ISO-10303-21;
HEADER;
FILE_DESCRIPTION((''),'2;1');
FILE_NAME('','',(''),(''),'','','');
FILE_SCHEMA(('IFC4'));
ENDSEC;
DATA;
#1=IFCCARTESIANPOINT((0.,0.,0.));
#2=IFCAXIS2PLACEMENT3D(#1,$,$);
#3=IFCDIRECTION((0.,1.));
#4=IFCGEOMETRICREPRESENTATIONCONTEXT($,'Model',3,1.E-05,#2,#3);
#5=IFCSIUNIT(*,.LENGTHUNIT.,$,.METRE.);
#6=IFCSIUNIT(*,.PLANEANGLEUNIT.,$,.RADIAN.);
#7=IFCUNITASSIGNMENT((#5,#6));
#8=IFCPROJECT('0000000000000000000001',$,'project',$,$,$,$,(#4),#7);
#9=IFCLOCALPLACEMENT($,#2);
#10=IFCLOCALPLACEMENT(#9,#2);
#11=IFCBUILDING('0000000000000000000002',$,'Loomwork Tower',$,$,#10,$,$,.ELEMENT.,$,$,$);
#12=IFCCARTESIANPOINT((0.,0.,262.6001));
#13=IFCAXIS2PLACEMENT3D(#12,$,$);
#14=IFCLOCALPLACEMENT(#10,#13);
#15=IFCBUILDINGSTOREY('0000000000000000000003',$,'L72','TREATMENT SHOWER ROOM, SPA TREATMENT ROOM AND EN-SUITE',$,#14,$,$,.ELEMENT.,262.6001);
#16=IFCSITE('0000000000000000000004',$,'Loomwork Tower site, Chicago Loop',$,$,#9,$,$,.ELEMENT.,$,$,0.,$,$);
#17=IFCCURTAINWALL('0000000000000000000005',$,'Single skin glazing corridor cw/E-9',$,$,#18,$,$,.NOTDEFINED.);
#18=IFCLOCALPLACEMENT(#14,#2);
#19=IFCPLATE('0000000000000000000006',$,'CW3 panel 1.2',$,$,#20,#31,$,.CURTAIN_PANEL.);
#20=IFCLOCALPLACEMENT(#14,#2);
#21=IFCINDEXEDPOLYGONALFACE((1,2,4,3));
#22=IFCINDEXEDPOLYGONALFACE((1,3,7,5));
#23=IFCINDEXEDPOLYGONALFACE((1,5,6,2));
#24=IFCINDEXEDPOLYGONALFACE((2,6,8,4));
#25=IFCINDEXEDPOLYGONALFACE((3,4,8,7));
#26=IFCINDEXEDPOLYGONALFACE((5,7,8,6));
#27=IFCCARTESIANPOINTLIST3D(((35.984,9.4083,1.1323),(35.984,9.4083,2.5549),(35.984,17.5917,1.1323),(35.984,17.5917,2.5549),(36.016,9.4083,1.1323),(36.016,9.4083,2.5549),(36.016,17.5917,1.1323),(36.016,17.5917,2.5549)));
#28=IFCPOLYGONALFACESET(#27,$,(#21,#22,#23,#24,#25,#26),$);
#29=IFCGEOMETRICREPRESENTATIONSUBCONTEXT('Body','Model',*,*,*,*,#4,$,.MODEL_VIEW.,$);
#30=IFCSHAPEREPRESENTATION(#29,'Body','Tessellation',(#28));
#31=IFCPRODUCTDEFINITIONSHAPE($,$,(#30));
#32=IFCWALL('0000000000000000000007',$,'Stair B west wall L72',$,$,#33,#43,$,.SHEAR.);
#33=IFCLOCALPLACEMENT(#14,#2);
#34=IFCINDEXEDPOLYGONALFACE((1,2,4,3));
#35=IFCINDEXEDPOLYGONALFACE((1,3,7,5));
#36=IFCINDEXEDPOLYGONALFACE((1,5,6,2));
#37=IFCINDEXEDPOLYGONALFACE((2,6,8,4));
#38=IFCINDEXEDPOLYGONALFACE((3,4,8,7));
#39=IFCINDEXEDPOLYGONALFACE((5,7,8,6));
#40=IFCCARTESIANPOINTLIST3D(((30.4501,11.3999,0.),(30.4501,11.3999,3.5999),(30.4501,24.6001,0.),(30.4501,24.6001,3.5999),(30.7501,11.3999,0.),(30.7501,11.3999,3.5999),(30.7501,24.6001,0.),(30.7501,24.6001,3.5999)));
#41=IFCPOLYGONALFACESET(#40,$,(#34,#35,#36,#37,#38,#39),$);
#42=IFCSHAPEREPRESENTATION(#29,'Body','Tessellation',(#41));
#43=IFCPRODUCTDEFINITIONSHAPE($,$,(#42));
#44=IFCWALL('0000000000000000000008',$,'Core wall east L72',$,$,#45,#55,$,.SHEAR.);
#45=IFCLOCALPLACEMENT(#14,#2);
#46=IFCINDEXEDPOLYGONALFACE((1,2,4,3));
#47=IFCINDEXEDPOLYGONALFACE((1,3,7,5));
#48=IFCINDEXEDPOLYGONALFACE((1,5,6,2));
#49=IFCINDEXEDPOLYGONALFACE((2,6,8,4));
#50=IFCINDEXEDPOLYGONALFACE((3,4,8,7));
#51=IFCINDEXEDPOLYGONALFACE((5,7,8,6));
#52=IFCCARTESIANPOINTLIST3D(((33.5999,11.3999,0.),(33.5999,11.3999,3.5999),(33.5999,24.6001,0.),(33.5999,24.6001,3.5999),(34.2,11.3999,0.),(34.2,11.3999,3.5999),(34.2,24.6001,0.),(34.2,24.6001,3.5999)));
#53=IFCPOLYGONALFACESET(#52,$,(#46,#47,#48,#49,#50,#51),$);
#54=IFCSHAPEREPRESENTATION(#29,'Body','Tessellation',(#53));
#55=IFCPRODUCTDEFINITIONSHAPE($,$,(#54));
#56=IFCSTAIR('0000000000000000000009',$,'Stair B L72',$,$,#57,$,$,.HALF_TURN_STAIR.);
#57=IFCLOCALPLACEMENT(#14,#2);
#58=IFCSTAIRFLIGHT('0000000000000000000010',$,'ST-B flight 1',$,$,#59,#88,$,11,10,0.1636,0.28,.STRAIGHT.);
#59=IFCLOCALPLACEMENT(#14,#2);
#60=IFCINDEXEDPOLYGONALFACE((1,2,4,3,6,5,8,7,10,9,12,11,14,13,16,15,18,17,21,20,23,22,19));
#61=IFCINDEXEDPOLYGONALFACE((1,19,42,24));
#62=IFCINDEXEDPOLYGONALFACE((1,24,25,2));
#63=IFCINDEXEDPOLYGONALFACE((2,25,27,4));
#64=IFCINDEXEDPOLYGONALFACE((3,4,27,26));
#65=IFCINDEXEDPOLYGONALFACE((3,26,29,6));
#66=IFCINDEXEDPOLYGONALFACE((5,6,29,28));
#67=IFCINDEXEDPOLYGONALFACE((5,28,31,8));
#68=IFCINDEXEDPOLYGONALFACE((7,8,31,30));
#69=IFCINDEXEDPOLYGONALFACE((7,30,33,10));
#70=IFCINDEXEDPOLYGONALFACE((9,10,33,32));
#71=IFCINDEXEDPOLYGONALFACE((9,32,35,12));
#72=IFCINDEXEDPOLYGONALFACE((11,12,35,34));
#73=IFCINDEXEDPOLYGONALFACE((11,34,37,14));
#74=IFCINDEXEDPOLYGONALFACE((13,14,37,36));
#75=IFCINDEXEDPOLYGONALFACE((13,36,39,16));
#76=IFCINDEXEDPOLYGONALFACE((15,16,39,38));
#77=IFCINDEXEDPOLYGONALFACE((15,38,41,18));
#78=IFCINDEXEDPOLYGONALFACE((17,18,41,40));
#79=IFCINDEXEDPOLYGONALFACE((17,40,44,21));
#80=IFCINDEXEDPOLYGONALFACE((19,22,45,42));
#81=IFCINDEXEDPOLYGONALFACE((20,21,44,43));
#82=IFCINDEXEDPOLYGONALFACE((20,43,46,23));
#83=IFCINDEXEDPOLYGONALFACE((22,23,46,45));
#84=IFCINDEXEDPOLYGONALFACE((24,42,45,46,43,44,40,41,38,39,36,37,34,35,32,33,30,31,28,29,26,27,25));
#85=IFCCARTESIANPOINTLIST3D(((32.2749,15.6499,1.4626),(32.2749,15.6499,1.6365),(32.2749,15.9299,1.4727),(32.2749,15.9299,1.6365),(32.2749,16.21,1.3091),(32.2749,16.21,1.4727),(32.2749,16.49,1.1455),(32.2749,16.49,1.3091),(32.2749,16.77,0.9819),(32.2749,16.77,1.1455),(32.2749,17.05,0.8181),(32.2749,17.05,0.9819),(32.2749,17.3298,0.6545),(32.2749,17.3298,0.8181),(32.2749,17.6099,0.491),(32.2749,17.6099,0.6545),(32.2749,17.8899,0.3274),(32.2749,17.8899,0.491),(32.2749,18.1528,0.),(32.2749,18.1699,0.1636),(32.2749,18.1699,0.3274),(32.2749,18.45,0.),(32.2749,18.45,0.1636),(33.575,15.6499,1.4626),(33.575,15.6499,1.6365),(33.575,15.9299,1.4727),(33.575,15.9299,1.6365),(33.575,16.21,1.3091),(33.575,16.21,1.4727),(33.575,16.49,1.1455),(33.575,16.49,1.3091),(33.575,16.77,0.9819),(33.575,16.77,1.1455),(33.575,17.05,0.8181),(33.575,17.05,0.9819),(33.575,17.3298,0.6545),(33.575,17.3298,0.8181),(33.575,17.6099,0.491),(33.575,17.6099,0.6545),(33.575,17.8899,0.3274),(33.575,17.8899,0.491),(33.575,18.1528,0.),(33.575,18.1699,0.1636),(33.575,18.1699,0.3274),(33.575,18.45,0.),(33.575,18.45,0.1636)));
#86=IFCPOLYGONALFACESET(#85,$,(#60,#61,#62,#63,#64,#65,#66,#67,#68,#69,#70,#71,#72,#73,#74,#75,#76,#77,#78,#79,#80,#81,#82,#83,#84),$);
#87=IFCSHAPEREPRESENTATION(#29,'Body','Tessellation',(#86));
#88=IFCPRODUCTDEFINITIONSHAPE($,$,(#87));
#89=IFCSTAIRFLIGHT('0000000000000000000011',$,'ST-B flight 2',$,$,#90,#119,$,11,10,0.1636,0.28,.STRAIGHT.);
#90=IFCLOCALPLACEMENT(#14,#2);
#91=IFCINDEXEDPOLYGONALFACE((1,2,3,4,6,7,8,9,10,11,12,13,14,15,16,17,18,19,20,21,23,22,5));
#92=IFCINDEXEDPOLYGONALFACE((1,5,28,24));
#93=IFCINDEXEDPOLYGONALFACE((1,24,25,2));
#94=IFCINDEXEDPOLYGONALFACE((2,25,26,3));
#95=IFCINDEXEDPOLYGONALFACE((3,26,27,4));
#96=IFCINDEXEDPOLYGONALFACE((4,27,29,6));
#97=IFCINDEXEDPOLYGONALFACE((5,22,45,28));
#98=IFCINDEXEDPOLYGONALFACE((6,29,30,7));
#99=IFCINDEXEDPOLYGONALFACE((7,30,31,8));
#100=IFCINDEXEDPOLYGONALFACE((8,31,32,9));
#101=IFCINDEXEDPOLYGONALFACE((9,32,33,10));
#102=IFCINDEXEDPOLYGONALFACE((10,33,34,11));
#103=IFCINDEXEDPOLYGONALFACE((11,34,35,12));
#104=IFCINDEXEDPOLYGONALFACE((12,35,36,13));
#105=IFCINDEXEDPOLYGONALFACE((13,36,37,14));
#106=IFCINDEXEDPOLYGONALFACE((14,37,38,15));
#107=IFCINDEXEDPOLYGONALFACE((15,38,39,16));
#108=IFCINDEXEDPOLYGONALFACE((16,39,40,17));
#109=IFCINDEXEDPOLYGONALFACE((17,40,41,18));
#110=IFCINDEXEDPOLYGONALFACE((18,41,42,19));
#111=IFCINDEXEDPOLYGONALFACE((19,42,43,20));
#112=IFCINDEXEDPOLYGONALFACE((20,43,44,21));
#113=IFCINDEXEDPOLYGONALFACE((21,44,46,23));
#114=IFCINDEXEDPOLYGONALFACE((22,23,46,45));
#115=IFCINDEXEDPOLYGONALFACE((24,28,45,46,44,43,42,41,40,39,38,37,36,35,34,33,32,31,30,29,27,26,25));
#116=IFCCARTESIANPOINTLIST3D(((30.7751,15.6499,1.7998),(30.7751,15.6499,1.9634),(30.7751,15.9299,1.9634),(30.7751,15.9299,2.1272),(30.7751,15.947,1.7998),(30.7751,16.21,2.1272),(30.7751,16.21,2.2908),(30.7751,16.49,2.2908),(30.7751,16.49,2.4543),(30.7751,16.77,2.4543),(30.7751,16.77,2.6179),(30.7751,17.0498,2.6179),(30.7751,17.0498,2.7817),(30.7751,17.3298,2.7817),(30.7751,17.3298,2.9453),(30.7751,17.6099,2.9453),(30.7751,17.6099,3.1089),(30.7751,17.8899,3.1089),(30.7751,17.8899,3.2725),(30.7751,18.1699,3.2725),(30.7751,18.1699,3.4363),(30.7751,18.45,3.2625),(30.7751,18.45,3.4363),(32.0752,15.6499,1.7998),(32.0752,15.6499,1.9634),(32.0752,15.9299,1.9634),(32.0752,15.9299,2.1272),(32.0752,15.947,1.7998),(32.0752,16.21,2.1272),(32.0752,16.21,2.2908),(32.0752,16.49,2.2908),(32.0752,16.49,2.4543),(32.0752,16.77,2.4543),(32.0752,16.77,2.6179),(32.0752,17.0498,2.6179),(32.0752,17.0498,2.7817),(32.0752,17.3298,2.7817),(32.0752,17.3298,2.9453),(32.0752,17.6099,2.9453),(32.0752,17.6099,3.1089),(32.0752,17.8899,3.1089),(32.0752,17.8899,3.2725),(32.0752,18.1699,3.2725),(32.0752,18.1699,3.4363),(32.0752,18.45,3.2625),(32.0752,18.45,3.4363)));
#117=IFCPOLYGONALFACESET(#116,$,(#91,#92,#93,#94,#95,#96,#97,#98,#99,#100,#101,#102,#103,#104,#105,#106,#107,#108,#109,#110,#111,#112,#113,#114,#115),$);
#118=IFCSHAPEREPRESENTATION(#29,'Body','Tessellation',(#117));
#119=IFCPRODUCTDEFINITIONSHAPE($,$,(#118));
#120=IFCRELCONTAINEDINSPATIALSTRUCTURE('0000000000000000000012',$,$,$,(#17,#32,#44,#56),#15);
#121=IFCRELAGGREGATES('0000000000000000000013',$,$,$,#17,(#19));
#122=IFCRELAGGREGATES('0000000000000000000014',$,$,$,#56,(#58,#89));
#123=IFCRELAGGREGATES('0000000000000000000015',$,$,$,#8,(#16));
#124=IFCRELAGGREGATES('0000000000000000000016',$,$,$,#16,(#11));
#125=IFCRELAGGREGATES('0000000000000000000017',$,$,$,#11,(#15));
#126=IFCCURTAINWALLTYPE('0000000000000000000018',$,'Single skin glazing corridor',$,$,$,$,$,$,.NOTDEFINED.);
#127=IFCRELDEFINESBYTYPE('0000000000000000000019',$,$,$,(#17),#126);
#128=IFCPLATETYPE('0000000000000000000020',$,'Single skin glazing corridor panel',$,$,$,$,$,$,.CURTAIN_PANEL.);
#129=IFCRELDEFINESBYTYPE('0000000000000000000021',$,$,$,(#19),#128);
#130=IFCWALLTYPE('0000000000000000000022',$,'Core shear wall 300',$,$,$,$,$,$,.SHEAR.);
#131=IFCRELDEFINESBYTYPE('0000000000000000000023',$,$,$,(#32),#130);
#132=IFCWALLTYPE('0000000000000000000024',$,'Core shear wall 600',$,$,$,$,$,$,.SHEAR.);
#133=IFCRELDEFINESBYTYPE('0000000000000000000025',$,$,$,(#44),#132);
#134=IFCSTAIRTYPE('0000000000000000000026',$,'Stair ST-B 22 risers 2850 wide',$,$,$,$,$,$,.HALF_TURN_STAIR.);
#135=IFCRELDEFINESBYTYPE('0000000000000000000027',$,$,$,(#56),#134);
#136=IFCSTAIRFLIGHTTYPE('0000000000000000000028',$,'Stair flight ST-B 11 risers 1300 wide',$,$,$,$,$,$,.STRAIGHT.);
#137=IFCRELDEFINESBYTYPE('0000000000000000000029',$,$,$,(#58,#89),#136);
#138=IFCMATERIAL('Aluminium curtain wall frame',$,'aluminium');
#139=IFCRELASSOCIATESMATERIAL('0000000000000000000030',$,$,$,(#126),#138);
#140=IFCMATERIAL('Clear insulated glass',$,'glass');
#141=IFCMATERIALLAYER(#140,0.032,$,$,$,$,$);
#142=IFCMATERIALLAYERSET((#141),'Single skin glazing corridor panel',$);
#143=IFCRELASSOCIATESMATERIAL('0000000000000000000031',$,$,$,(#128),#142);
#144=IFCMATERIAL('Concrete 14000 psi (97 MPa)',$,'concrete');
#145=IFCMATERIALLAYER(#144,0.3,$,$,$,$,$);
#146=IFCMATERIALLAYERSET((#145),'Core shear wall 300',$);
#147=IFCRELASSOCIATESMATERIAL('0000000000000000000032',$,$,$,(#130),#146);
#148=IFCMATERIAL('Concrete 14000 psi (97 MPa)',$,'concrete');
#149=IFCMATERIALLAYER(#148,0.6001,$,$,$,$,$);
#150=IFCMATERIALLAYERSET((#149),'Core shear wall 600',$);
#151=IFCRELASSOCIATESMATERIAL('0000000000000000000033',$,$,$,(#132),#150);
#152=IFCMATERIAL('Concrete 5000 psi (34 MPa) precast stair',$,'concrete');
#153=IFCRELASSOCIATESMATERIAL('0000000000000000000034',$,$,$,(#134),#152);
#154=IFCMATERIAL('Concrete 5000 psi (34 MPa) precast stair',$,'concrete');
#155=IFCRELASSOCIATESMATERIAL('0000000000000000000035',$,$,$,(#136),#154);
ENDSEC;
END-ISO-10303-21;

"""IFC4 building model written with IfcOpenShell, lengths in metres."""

from ifc_helpers import new_model, si_unit, direction, frame, frame_2d, origin, origin_2d, place, context, subcontext, project, spatial, polyline, rectangle, outline, extrude, material, layer, layer_set, type_object, element, aggregate, save


model = new_model("IFC4")

# Units and contexts
model_context = context("Model", 3, precision=1e-05, world=origin(), true_north=direction((0.0, 1.0)))
body_context = subcontext(model_context, "Body", "Model", "MODEL_VIEW")
ifc_project = project(units=[si_unit("LENGTHUNIT", "METRE"), si_unit("PLANEANGLEUNIT", "RADIAN")], contexts=[model_context])

# Site, building, storey
site_placement = place(None, origin())
site = spatial("IfcSite", under=ifc_project, at=site_placement, Name="Loomwork Tower site, Chicago Loop", CompositionType="ELEMENT", RefElevation=0.0)
building_placement = place(site_placement, origin())
building = spatial("IfcBuilding", under=site, at=building_placement, Name="Loomwork Tower", CompositionType="ELEMENT")
storey_placement = place(building_placement, frame((0.0, 0.0, 262.6001)))
storey = spatial("IfcBuildingStorey", under=building, at=storey_placement, Name="L72", Description="TREATMENT SHOWER ROOM, SPA TREATMENT ROOM AND EN-SUITE", CompositionType="ELEMENT", Elevation=262.6001)

# Curtain wall
ifc_material_1 = material(Name="Aluminium curtain wall frame", Category="aluminium")
curtain_wall_type = type_object("IfcCurtainWallType", Name="Single skin glazing corridor", PredefinedType="NOTDEFINED", material=ifc_material_1)
curtain_wall_1_placement = place(storey_placement, origin())
curtain_wall_1 = element("IfcCurtainWall", 1, at=curtain_wall_1_placement, inside=storey, type_object=curtain_wall_type, Name="Single skin glazing corridor cw/E-9", PredefinedType="NOTDEFINED")

# Plate
ifc_material_2 = material(Name="Clear insulated glass", Category="glass")
ifc_layer_1 = layer(ifc_material_2, 0.032)
ifc_layer_set_1 = layer_set([ifc_layer_1], Name="Single skin glazing corridor panel")
plate_type = type_object("IfcPlateType", Name="Single skin glazing corridor panel", PredefinedType="CURTAIN_PANEL", material=ifc_layer_set_1)
plate_1_placement = place(storey_placement, frame((36.0, 13.5, 1.1323), z_axis=(0.0, 0.0, 1.0), x_axis=(0.0, 1.0, 0.0)))
plate_1 = element("IfcPlate", 2, at=plate_1_placement, type_object=plate_type, Name="CW3 panel 1.2", PredefinedType="CURTAIN_PANEL", context=body_context, shape_type="SweptSolid", body=[
    extrude(rectangle(XDim=8.1833, YDim=0.032, at=origin_2d()), origin(), (0.0, 0.0, 1.0), 1.4226),
])
aggregate(curtain_wall_1, [plate_1])

# Walls
ifc_material_3 = material(Name="Concrete 14000 psi (97 MPa)", Category="concrete")
ifc_layer_2 = layer(ifc_material_3, 0.3)
ifc_layer_set_2 = layer_set([ifc_layer_2], Name="Core shear wall 300")
wall_type_1 = type_object("IfcWallType", Name="Core shear wall 300", PredefinedType="SHEAR", material=ifc_layer_set_2)
wall_1_placement = place(storey_placement, frame((30.6001, 11.3999, 0.0), z_axis=(0.0, 0.0, 1.0), x_axis=(0.0, 1.0, 0.0)))
element("IfcWall", 3, at=wall_1_placement, inside=storey, type_object=wall_type_1, Name="Stair B west wall L72", PredefinedType="SHEAR", context=body_context, shape_type="SweptSolid", body=[
    extrude(rectangle(XDim=13.2002, YDim=0.3, at=frame_2d((6.6001, 0.0))), origin(), (0.0, 0.0, 1.0), 3.5999),
])
ifc_material_4 = material(Name="Concrete 14000 psi (97 MPa)", Category="concrete")
ifc_layer_3 = layer(ifc_material_4, 0.6001)
ifc_layer_set_3 = layer_set([ifc_layer_3], Name="Core shear wall 600")
wall_type_2 = type_object("IfcWallType", Name="Core shear wall 600", PredefinedType="SHEAR", material=ifc_layer_set_3)
wall_2_placement = place(storey_placement, frame((33.8999, 11.3999, 0.0), z_axis=(0.0, 0.0, 1.0), x_axis=(0.0, 1.0, 0.0)))
element("IfcWall", 4, at=wall_2_placement, inside=storey, type_object=wall_type_2, Name="Core wall east L72", PredefinedType="SHEAR", context=body_context, shape_type="SweptSolid", body=[
    extrude(rectangle(XDim=13.2002, YDim=0.6001, at=frame_2d((6.6001, 0.0))), origin(), (0.0, 0.0, 1.0), 3.5999),
])

# Stair, stair flights
ifc_material_5 = material(Name="Concrete 5000 psi (34 MPa) precast stair", Category="concrete")
stair_type = type_object("IfcStairType", Name="Stair ST-B 22 risers 2850 wide", PredefinedType="HALF_TURN_STAIR", material=ifc_material_5)
stair_placement = place(storey_placement, origin())
stair = element("IfcStair", 5, at=stair_placement, inside=storey, type_object=stair_type, Name="Stair B L72", PredefinedType="HALF_TURN_STAIR")
ifc_material_6 = material(Name="Concrete 5000 psi (34 MPa) precast stair", Category="concrete")
stair_flight_type = type_object("IfcStairFlightType", Name="Stair flight ST-B 11 risers 1300 wide", PredefinedType="STRAIGHT", material=ifc_material_6)
stair_flight_1_placement = place(storey_placement, frame((32.925, 18.45, 0.0), z_axis=(0.0, 0.0, 1.0), x_axis=(0.0, -1.0, 0.0)))
stair_flight_1 = element("IfcStairFlight", 6, at=stair_flight_1_placement, type_object=stair_flight_type, Name="ST-B flight 1", NumberOfRisers=11, NumberOfTreads=10, PredefinedType="STRAIGHT", RiserHeight=0.1636, TreadLength=0.28, context=body_context, shape_type="SweptSolid", body=[
    extrude(outline(polyline([(0.0, 0.0), (0.0, 0.1636), (0.28, 0.1636), (0.28, 0.3274), (0.5601, 0.3274), (0.5601, 0.491), (0.8401, 0.491), (0.8401, 0.6545), (1.1201, 0.6545), (1.1201, 0.8181), (1.3999, 0.8181), (1.3999, 0.9819), (1.6799, 0.9819), (1.6799, 1.1455), (1.96, 1.1455), (1.96, 1.3091), (2.24, 1.3091), (2.24, 1.4727), (2.52, 1.4727), (2.52, 1.6365), (2.8, 1.6365), (2.8, 1.8), (2.8, 1.4626), (0.2971, 0.0), (0.0, 0.0)])), frame((0.0, 0.6499, 0.0), z_axis=(0.0, -1.0, 0.0), x_axis=(1.0, 0.0, 0.0)), (0.0, 0.0, 1.0), 1.3),
])
stair_flight_2_placement = place(storey_placement, frame((31.425, 15.6499, 1.7998), z_axis=(0.0, 0.0, 1.0), x_axis=(0.0, 1.0, 0.0)))
stair_flight_2 = element("IfcStairFlight", 7, at=stair_flight_2_placement, type_object=stair_flight_type, Name="ST-B flight 2", NumberOfRisers=11, NumberOfTreads=10, PredefinedType="STRAIGHT", RiserHeight=0.1636, TreadLength=0.28, context=body_context, shape_type="SweptSolid", body=[
    extrude(outline(polyline([(0.0, 0.0), (0.0, 0.1636), (0.28, 0.1636), (0.28, 0.3274), (0.5601, 0.3274), (0.5601, 0.491), (0.8401, 0.491), (0.8401, 0.6545), (1.1201, 0.6545), (1.1201, 0.8181), (1.3999, 0.8181), (1.3999, 0.9819), (1.6799, 0.9819), (1.6799, 1.1455), (1.96, 1.1455), (1.96, 1.3091), (2.24, 1.3091), (2.24, 1.4727), (2.52, 1.4727), (2.52, 1.6365), (2.8, 1.6365), (2.8, 1.8), (2.8, 1.4626), (0.2971, 0.0), (0.0, 0.0)])), frame((0.0, 0.6499, 0.0), z_axis=(0.0, -1.0, 0.0), x_axis=(1.0, 0.0, 0.0)), (0.0, 0.0, 1.0), 1.3),
])
aggregate(stair, [stair_flight_1, stair_flight_2])

save(model, "model.ifc")
